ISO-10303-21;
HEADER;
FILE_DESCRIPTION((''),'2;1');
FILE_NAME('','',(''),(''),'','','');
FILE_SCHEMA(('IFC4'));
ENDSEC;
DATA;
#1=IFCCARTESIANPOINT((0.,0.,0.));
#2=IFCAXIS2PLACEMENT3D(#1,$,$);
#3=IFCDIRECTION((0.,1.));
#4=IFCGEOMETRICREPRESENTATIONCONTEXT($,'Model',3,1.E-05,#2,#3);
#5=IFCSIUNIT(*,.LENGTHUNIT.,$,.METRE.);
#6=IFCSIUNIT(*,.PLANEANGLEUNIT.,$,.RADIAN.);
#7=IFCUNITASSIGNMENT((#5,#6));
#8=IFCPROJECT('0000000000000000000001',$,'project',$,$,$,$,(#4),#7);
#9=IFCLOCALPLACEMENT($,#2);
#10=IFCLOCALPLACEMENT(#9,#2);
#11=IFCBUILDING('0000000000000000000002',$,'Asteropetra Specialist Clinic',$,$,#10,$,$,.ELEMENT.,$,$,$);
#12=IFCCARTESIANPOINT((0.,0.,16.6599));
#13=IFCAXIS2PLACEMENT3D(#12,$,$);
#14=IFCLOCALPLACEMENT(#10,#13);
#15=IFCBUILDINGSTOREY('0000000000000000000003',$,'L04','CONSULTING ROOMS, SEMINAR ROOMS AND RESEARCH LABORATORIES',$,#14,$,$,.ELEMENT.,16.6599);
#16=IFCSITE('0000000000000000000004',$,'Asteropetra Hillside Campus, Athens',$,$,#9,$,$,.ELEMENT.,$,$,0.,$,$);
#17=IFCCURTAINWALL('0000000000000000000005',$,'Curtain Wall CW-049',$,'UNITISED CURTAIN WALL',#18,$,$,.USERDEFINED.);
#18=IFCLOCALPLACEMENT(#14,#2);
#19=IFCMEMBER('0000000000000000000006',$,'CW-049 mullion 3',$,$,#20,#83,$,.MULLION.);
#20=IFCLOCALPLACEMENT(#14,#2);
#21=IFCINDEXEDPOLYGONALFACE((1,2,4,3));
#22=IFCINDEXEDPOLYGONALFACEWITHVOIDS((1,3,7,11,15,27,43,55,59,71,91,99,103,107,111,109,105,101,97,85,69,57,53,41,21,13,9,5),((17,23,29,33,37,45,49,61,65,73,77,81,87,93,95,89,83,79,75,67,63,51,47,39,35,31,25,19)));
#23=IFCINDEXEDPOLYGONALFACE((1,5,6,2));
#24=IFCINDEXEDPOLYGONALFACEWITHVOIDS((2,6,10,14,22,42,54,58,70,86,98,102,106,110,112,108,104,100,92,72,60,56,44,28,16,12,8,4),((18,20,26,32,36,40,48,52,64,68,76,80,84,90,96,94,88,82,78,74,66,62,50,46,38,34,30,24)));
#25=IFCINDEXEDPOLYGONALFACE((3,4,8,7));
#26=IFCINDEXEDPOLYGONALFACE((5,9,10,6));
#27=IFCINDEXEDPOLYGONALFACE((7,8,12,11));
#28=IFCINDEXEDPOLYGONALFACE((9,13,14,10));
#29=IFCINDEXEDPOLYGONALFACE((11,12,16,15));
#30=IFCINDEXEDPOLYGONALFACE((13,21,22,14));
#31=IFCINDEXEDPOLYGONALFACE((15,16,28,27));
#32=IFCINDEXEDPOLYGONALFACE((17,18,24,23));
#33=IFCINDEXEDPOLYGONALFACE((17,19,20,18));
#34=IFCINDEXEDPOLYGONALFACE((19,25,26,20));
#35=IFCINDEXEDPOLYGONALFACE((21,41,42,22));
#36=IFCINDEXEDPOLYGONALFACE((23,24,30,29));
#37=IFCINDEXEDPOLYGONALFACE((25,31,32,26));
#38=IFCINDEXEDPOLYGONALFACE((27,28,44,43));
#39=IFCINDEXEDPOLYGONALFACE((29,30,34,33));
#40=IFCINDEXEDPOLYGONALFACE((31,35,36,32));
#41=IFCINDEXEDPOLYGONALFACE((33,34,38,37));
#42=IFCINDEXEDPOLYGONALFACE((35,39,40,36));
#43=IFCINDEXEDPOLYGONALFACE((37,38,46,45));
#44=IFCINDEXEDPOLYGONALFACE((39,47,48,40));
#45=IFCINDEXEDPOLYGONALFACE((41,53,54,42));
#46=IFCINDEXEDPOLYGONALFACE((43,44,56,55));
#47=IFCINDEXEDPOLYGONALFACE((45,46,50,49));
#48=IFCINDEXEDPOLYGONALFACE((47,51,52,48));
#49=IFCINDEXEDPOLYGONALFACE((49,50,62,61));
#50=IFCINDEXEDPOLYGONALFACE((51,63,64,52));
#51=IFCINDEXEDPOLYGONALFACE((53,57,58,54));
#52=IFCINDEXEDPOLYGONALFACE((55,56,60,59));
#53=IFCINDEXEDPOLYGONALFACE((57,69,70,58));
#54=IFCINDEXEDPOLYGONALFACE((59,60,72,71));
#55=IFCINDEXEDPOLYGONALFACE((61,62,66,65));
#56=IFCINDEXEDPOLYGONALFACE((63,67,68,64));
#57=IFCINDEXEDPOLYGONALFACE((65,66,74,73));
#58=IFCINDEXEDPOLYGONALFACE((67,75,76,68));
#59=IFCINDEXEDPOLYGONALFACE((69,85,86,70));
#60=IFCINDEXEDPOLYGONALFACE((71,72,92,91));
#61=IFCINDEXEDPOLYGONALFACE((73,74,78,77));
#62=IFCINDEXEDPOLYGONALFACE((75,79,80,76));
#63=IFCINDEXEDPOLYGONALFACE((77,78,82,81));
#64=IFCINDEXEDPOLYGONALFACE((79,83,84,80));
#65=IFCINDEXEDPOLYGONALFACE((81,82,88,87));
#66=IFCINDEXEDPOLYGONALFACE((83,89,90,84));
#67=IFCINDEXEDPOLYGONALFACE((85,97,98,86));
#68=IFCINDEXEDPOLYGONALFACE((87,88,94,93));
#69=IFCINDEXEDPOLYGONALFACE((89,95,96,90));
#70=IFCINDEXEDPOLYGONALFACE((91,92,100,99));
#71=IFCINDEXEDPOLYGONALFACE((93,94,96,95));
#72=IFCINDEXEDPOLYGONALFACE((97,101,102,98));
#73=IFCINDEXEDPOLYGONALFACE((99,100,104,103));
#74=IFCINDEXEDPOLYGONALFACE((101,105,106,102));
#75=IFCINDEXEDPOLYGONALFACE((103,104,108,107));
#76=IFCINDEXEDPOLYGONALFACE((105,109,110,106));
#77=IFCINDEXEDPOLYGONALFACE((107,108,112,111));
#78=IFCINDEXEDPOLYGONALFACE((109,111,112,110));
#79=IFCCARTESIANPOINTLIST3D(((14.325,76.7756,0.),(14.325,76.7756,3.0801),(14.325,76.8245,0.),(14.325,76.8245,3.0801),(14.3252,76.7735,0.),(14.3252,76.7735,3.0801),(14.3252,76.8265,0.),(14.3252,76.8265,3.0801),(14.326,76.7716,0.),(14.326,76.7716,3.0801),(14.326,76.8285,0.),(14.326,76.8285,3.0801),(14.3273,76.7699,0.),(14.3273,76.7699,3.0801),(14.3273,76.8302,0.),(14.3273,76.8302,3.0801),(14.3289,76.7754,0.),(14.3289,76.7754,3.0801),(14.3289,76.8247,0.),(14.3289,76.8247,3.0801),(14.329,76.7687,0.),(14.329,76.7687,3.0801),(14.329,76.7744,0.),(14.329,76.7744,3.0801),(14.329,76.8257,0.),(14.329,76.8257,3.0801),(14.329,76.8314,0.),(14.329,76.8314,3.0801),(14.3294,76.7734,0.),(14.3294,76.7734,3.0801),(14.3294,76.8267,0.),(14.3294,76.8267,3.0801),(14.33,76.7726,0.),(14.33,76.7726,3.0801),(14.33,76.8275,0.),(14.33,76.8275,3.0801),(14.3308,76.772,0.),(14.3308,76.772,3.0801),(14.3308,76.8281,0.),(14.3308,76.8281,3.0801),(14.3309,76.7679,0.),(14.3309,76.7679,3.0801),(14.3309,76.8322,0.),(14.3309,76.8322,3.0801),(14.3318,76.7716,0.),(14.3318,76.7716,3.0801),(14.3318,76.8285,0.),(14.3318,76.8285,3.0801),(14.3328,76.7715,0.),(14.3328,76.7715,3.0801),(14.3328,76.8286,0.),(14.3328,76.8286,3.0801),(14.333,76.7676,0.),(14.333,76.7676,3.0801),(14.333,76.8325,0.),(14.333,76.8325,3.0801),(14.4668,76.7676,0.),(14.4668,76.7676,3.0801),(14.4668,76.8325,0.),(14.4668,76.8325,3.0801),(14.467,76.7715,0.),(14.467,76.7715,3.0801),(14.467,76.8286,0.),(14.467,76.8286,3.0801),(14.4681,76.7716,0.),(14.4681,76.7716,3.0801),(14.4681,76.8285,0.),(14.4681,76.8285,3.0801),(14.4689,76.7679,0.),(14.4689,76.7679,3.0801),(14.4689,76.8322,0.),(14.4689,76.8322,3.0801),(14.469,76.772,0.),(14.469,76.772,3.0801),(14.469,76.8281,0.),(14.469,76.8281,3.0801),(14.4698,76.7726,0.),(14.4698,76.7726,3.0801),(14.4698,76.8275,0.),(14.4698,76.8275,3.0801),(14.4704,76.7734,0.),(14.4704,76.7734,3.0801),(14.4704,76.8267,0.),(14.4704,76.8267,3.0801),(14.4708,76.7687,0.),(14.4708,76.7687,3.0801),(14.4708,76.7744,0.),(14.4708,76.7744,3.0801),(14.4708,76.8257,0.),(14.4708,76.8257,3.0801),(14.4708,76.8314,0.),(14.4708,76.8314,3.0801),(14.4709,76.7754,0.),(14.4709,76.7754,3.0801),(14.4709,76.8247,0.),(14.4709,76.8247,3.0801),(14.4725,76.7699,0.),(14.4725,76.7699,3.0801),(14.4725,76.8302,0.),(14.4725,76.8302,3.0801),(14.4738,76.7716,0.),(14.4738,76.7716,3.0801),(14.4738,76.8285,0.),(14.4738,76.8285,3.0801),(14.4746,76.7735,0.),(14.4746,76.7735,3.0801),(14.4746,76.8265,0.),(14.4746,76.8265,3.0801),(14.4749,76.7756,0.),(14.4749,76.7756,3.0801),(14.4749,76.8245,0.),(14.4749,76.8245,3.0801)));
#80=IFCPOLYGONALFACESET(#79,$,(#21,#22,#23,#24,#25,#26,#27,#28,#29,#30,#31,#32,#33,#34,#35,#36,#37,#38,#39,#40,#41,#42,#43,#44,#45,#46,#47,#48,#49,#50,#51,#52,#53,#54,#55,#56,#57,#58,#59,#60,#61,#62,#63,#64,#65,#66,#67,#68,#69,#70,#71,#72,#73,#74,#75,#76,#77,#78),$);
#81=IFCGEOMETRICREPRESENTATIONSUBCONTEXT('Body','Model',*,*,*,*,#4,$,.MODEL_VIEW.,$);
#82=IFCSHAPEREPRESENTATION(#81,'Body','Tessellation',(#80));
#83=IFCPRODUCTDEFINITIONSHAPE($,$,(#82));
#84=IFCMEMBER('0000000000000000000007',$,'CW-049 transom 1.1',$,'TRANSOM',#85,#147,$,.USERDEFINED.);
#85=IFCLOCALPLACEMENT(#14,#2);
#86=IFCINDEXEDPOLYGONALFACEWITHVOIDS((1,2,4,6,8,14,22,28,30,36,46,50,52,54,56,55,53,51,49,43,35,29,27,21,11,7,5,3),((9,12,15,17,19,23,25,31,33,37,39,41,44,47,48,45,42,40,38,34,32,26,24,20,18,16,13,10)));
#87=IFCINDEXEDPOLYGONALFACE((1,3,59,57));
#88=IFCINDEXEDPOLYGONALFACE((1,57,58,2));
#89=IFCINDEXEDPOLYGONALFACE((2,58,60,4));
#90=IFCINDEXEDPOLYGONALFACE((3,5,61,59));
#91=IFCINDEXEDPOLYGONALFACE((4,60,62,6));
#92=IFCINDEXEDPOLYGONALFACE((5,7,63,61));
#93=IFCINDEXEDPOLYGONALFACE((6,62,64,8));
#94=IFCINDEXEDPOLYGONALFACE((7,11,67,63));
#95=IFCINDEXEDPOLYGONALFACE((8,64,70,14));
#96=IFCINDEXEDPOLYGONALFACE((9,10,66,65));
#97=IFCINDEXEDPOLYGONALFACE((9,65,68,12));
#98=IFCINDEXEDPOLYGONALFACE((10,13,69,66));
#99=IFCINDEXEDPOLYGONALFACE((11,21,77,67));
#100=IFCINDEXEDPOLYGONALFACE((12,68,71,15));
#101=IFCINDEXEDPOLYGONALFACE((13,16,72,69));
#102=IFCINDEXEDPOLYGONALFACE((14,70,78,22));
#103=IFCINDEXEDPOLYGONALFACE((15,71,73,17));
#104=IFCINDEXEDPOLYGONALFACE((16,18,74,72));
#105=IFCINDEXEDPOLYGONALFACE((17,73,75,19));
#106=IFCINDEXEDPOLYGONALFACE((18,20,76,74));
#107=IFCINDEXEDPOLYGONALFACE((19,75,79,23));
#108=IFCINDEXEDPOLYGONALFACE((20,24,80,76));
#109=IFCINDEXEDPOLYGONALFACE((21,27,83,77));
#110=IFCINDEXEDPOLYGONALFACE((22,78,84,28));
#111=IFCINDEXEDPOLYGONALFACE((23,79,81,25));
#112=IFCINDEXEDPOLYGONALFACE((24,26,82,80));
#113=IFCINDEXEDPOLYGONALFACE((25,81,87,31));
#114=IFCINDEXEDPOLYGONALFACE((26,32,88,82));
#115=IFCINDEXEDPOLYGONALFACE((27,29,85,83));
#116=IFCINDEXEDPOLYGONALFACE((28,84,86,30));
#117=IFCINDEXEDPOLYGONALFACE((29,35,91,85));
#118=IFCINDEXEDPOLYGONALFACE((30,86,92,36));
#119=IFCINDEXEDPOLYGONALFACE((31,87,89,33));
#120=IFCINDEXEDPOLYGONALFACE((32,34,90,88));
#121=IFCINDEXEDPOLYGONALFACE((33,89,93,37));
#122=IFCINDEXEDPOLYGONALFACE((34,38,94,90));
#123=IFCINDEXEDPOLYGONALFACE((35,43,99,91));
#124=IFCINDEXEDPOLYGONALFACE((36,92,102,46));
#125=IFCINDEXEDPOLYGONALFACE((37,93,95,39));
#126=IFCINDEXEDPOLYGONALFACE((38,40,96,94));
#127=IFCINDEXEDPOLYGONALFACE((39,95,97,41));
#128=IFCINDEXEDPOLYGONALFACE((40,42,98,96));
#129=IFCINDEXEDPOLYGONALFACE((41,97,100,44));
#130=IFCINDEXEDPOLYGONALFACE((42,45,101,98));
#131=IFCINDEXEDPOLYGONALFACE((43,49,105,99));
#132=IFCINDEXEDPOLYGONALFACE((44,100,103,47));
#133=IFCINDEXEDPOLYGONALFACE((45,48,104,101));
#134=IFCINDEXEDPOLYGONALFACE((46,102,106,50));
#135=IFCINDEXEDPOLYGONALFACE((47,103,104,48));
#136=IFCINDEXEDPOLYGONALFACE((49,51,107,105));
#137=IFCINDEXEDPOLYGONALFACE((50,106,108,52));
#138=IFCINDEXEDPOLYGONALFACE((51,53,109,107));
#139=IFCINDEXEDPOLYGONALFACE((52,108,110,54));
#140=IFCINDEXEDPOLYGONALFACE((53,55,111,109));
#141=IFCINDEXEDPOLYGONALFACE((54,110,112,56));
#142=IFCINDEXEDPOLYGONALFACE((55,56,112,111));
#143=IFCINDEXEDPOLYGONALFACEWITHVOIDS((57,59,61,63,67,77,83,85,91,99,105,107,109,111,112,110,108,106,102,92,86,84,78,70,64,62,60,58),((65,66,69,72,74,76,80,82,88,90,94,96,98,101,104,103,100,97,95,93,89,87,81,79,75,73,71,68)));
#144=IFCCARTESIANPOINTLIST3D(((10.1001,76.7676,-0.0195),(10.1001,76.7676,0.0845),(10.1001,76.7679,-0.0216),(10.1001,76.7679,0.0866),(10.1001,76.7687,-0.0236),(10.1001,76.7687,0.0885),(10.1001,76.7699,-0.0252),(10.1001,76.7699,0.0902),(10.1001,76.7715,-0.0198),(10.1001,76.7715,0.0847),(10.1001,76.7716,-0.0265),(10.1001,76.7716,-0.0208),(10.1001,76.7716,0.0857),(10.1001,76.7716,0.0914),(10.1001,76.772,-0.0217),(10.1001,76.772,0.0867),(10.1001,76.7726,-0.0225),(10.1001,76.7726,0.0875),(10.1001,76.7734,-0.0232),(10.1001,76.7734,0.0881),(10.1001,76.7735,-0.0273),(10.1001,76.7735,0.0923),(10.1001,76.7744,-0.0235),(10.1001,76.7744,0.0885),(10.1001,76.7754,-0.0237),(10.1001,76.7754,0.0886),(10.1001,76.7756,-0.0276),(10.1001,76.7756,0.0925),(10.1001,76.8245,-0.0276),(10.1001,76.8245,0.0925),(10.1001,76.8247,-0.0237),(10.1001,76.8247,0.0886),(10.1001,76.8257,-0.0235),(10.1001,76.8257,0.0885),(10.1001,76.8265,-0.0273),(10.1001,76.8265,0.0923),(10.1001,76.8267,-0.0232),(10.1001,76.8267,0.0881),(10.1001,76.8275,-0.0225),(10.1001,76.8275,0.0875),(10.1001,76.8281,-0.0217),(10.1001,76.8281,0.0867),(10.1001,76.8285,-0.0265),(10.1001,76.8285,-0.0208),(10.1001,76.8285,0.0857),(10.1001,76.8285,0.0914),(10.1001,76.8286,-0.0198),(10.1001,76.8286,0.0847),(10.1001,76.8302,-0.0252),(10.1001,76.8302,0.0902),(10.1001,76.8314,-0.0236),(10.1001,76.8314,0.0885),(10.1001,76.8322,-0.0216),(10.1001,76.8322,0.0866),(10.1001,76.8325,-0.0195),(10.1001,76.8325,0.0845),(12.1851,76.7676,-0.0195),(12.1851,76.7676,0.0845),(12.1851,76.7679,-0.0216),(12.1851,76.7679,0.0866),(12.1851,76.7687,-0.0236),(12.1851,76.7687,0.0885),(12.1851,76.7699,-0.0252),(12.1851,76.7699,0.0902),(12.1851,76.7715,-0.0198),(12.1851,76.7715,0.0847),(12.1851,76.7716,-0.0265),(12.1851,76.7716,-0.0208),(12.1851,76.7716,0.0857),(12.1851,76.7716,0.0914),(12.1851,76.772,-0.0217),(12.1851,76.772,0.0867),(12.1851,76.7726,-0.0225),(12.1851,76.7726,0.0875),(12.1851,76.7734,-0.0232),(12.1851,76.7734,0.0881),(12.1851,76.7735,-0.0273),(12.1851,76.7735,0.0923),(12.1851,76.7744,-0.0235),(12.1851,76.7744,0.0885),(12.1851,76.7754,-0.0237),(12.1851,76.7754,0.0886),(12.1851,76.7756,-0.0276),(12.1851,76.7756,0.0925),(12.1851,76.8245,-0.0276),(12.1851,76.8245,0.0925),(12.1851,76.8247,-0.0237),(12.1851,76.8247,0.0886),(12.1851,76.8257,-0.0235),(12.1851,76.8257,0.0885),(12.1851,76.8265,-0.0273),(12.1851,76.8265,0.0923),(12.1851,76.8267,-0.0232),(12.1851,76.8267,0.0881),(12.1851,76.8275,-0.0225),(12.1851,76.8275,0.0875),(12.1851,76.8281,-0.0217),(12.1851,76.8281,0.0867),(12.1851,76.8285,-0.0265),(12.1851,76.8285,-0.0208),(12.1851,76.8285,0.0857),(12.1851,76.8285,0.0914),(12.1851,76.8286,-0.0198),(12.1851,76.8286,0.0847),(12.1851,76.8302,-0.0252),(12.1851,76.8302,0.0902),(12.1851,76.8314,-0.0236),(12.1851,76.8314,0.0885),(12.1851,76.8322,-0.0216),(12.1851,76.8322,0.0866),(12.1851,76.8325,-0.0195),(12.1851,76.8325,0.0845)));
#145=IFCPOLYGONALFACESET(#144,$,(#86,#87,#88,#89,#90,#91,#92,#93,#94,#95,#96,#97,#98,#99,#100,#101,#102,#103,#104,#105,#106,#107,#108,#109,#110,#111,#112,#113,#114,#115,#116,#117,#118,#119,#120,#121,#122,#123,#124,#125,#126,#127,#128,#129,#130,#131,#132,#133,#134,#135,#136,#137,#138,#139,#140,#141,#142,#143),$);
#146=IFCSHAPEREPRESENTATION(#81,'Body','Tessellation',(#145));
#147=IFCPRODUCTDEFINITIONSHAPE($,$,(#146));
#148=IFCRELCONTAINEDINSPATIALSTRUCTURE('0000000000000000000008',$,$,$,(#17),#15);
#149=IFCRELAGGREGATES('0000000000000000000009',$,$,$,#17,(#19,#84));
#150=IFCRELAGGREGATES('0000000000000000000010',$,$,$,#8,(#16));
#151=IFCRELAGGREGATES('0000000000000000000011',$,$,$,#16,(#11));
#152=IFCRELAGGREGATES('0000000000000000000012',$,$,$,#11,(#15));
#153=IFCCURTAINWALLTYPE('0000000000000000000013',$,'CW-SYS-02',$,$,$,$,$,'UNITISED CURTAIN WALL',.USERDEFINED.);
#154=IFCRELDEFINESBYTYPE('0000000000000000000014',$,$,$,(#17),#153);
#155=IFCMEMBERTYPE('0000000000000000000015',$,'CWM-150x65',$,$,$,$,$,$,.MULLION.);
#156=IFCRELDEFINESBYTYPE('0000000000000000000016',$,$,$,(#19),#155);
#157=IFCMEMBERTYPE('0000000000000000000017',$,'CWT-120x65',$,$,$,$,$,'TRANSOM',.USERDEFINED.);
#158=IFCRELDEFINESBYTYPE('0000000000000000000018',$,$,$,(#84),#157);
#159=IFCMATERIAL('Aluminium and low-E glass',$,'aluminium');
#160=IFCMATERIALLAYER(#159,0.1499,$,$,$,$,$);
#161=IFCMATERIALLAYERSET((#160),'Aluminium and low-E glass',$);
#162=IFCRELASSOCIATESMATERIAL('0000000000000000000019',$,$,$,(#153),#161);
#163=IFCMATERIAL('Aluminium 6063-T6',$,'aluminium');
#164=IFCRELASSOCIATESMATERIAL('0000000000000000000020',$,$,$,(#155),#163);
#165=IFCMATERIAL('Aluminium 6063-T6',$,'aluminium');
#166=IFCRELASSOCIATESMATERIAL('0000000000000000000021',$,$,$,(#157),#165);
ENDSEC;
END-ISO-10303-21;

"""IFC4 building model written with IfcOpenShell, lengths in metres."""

from ifc_helpers import new_model, si_unit, direction, frame, origin, origin_2d, place, context, subcontext, project, spatial, hollow_rectangle, extrude, material, layer, layer_set, material_profile, profile_set, type_object, element, aggregate, save


model = new_model("IFC4")

# Units and contexts
model_context = context("Model", 3, precision=1e-05, world=origin(), true_north=direction((0.0, 1.0)))
body_context = subcontext(model_context, "Body", "Model", "MODEL_VIEW")
ifc_project = project(units=[si_unit("LENGTHUNIT", "METRE"), si_unit("PLANEANGLEUNIT", "RADIAN")], contexts=[model_context])

# Site, building, storey
site_placement = place(None, origin())
site = spatial("IfcSite", under=ifc_project, at=site_placement, Name="Asteropetra Hillside Campus, Athens", CompositionType="ELEMENT", RefElevation=0.0)
building_placement = place(site_placement, origin())
building = spatial("IfcBuilding", under=site, at=building_placement, Name="Asteropetra Specialist Clinic", CompositionType="ELEMENT")
storey_placement = place(building_placement, frame((0.0, 0.0, 16.6599)))
storey = spatial("IfcBuildingStorey", under=building, at=storey_placement, Name="L04", Description="CONSULTING ROOMS, SEMINAR ROOMS AND RESEARCH LABORATORIES", CompositionType="ELEMENT", Elevation=16.6599)

# Curtain wall, members
ifc_material_1 = material(Name="Aluminium and low-E glass", Category="aluminium")
ifc_layer_1 = layer(ifc_material_1, 0.1499)
ifc_layer_set_1 = layer_set([ifc_layer_1], Name="Aluminium and low-E glass")
curtain_wall_type = type_object("IfcCurtainWallType", Name="CW-SYS-02", ElementType="UNITISED CURTAIN WALL", PredefinedType="USERDEFINED", material=ifc_layer_set_1)
curtain_wall_placement = place(storey_placement, origin())
curtain_wall = element("IfcCurtainWall", 1, at=curtain_wall_placement, inside=storey, type_object=curtain_wall_type, Name="Curtain Wall CW-049", ObjectType="UNITISED CURTAIN WALL", PredefinedType="USERDEFINED")
ifc_material_2 = material(Name="Aluminium 6063-T6", Category="aluminium")
ifc_material_profile_1 = material_profile(ifc_material_2, hollow_rectangle(XDim=0.0649, YDim=0.1499, WallThickness=0.0039, InnerFilletRadius=0.0039, OuterFilletRadius=0.0081, at=origin_2d()), Name="MUL 150x65x4.0")
ifc_profile_set_1 = profile_set([ifc_material_profile_1], Name="Aluminium 6063-T6")
member_type_1 = type_object("IfcMemberType", Name="CWM-150x65", PredefinedType="MULLION", material=ifc_profile_set_1)
member_1_placement = place(storey_placement, frame((14.3999, 76.8, 0.0), z_axis=(0.0, 0.0, 1.0), x_axis=(0.0, 1.0, 0.0)))
member_1 = element("IfcMember", 2, at=member_1_placement, type_object=member_type_1, Name="CW-049 mullion 3", PredefinedType="MULLION", context=body_context, shape_type="SweptSolid", body=[
    extrude(hollow_rectangle(XDim=0.0649, YDim=0.1499, WallThickness=0.0039, InnerFilletRadius=0.0039, OuterFilletRadius=0.0081, at=origin_2d()), origin(), (0.0, 0.0, 1.0), 3.0801),
])
ifc_material_3 = material(Name="Aluminium 6063-T6", Category="aluminium")
ifc_material_profile_2 = material_profile(ifc_material_3, hollow_rectangle(XDim=0.0649, YDim=0.1201, WallThickness=0.0039, InnerFilletRadius=0.0039, OuterFilletRadius=0.0081, at=origin_2d()), Name="TRN 120x65x4.0")
ifc_profile_set_2 = profile_set([ifc_material_profile_2], Name="Aluminium 6063-T6")
member_type_2 = type_object("IfcMemberType", Name="CWT-120x65", ElementType="TRANSOM", PredefinedType="USERDEFINED", material=ifc_profile_set_2)
member_2_placement = place(storey_placement, frame((10.1001, 76.8, 0.0325), z_axis=(1.0, 0.0, 0.0), x_axis=(0.0, 1.0, 0.0)))
member_2 = element("IfcMember", 3, at=member_2_placement, type_object=member_type_2, Name="CW-049 transom 1.1", ObjectType="TRANSOM", PredefinedType="USERDEFINED", context=body_context, shape_type="SweptSolid", body=[
    extrude(hollow_rectangle(XDim=0.0649, YDim=0.1201, WallThickness=0.0039, InnerFilletRadius=0.0039, OuterFilletRadius=0.0081, at=origin_2d()), origin(), (0.0, 0.0, 1.0), 2.085),
])

aggregate(curtain_wall, [member_1, member_2])

save(model, "model.ifc")
